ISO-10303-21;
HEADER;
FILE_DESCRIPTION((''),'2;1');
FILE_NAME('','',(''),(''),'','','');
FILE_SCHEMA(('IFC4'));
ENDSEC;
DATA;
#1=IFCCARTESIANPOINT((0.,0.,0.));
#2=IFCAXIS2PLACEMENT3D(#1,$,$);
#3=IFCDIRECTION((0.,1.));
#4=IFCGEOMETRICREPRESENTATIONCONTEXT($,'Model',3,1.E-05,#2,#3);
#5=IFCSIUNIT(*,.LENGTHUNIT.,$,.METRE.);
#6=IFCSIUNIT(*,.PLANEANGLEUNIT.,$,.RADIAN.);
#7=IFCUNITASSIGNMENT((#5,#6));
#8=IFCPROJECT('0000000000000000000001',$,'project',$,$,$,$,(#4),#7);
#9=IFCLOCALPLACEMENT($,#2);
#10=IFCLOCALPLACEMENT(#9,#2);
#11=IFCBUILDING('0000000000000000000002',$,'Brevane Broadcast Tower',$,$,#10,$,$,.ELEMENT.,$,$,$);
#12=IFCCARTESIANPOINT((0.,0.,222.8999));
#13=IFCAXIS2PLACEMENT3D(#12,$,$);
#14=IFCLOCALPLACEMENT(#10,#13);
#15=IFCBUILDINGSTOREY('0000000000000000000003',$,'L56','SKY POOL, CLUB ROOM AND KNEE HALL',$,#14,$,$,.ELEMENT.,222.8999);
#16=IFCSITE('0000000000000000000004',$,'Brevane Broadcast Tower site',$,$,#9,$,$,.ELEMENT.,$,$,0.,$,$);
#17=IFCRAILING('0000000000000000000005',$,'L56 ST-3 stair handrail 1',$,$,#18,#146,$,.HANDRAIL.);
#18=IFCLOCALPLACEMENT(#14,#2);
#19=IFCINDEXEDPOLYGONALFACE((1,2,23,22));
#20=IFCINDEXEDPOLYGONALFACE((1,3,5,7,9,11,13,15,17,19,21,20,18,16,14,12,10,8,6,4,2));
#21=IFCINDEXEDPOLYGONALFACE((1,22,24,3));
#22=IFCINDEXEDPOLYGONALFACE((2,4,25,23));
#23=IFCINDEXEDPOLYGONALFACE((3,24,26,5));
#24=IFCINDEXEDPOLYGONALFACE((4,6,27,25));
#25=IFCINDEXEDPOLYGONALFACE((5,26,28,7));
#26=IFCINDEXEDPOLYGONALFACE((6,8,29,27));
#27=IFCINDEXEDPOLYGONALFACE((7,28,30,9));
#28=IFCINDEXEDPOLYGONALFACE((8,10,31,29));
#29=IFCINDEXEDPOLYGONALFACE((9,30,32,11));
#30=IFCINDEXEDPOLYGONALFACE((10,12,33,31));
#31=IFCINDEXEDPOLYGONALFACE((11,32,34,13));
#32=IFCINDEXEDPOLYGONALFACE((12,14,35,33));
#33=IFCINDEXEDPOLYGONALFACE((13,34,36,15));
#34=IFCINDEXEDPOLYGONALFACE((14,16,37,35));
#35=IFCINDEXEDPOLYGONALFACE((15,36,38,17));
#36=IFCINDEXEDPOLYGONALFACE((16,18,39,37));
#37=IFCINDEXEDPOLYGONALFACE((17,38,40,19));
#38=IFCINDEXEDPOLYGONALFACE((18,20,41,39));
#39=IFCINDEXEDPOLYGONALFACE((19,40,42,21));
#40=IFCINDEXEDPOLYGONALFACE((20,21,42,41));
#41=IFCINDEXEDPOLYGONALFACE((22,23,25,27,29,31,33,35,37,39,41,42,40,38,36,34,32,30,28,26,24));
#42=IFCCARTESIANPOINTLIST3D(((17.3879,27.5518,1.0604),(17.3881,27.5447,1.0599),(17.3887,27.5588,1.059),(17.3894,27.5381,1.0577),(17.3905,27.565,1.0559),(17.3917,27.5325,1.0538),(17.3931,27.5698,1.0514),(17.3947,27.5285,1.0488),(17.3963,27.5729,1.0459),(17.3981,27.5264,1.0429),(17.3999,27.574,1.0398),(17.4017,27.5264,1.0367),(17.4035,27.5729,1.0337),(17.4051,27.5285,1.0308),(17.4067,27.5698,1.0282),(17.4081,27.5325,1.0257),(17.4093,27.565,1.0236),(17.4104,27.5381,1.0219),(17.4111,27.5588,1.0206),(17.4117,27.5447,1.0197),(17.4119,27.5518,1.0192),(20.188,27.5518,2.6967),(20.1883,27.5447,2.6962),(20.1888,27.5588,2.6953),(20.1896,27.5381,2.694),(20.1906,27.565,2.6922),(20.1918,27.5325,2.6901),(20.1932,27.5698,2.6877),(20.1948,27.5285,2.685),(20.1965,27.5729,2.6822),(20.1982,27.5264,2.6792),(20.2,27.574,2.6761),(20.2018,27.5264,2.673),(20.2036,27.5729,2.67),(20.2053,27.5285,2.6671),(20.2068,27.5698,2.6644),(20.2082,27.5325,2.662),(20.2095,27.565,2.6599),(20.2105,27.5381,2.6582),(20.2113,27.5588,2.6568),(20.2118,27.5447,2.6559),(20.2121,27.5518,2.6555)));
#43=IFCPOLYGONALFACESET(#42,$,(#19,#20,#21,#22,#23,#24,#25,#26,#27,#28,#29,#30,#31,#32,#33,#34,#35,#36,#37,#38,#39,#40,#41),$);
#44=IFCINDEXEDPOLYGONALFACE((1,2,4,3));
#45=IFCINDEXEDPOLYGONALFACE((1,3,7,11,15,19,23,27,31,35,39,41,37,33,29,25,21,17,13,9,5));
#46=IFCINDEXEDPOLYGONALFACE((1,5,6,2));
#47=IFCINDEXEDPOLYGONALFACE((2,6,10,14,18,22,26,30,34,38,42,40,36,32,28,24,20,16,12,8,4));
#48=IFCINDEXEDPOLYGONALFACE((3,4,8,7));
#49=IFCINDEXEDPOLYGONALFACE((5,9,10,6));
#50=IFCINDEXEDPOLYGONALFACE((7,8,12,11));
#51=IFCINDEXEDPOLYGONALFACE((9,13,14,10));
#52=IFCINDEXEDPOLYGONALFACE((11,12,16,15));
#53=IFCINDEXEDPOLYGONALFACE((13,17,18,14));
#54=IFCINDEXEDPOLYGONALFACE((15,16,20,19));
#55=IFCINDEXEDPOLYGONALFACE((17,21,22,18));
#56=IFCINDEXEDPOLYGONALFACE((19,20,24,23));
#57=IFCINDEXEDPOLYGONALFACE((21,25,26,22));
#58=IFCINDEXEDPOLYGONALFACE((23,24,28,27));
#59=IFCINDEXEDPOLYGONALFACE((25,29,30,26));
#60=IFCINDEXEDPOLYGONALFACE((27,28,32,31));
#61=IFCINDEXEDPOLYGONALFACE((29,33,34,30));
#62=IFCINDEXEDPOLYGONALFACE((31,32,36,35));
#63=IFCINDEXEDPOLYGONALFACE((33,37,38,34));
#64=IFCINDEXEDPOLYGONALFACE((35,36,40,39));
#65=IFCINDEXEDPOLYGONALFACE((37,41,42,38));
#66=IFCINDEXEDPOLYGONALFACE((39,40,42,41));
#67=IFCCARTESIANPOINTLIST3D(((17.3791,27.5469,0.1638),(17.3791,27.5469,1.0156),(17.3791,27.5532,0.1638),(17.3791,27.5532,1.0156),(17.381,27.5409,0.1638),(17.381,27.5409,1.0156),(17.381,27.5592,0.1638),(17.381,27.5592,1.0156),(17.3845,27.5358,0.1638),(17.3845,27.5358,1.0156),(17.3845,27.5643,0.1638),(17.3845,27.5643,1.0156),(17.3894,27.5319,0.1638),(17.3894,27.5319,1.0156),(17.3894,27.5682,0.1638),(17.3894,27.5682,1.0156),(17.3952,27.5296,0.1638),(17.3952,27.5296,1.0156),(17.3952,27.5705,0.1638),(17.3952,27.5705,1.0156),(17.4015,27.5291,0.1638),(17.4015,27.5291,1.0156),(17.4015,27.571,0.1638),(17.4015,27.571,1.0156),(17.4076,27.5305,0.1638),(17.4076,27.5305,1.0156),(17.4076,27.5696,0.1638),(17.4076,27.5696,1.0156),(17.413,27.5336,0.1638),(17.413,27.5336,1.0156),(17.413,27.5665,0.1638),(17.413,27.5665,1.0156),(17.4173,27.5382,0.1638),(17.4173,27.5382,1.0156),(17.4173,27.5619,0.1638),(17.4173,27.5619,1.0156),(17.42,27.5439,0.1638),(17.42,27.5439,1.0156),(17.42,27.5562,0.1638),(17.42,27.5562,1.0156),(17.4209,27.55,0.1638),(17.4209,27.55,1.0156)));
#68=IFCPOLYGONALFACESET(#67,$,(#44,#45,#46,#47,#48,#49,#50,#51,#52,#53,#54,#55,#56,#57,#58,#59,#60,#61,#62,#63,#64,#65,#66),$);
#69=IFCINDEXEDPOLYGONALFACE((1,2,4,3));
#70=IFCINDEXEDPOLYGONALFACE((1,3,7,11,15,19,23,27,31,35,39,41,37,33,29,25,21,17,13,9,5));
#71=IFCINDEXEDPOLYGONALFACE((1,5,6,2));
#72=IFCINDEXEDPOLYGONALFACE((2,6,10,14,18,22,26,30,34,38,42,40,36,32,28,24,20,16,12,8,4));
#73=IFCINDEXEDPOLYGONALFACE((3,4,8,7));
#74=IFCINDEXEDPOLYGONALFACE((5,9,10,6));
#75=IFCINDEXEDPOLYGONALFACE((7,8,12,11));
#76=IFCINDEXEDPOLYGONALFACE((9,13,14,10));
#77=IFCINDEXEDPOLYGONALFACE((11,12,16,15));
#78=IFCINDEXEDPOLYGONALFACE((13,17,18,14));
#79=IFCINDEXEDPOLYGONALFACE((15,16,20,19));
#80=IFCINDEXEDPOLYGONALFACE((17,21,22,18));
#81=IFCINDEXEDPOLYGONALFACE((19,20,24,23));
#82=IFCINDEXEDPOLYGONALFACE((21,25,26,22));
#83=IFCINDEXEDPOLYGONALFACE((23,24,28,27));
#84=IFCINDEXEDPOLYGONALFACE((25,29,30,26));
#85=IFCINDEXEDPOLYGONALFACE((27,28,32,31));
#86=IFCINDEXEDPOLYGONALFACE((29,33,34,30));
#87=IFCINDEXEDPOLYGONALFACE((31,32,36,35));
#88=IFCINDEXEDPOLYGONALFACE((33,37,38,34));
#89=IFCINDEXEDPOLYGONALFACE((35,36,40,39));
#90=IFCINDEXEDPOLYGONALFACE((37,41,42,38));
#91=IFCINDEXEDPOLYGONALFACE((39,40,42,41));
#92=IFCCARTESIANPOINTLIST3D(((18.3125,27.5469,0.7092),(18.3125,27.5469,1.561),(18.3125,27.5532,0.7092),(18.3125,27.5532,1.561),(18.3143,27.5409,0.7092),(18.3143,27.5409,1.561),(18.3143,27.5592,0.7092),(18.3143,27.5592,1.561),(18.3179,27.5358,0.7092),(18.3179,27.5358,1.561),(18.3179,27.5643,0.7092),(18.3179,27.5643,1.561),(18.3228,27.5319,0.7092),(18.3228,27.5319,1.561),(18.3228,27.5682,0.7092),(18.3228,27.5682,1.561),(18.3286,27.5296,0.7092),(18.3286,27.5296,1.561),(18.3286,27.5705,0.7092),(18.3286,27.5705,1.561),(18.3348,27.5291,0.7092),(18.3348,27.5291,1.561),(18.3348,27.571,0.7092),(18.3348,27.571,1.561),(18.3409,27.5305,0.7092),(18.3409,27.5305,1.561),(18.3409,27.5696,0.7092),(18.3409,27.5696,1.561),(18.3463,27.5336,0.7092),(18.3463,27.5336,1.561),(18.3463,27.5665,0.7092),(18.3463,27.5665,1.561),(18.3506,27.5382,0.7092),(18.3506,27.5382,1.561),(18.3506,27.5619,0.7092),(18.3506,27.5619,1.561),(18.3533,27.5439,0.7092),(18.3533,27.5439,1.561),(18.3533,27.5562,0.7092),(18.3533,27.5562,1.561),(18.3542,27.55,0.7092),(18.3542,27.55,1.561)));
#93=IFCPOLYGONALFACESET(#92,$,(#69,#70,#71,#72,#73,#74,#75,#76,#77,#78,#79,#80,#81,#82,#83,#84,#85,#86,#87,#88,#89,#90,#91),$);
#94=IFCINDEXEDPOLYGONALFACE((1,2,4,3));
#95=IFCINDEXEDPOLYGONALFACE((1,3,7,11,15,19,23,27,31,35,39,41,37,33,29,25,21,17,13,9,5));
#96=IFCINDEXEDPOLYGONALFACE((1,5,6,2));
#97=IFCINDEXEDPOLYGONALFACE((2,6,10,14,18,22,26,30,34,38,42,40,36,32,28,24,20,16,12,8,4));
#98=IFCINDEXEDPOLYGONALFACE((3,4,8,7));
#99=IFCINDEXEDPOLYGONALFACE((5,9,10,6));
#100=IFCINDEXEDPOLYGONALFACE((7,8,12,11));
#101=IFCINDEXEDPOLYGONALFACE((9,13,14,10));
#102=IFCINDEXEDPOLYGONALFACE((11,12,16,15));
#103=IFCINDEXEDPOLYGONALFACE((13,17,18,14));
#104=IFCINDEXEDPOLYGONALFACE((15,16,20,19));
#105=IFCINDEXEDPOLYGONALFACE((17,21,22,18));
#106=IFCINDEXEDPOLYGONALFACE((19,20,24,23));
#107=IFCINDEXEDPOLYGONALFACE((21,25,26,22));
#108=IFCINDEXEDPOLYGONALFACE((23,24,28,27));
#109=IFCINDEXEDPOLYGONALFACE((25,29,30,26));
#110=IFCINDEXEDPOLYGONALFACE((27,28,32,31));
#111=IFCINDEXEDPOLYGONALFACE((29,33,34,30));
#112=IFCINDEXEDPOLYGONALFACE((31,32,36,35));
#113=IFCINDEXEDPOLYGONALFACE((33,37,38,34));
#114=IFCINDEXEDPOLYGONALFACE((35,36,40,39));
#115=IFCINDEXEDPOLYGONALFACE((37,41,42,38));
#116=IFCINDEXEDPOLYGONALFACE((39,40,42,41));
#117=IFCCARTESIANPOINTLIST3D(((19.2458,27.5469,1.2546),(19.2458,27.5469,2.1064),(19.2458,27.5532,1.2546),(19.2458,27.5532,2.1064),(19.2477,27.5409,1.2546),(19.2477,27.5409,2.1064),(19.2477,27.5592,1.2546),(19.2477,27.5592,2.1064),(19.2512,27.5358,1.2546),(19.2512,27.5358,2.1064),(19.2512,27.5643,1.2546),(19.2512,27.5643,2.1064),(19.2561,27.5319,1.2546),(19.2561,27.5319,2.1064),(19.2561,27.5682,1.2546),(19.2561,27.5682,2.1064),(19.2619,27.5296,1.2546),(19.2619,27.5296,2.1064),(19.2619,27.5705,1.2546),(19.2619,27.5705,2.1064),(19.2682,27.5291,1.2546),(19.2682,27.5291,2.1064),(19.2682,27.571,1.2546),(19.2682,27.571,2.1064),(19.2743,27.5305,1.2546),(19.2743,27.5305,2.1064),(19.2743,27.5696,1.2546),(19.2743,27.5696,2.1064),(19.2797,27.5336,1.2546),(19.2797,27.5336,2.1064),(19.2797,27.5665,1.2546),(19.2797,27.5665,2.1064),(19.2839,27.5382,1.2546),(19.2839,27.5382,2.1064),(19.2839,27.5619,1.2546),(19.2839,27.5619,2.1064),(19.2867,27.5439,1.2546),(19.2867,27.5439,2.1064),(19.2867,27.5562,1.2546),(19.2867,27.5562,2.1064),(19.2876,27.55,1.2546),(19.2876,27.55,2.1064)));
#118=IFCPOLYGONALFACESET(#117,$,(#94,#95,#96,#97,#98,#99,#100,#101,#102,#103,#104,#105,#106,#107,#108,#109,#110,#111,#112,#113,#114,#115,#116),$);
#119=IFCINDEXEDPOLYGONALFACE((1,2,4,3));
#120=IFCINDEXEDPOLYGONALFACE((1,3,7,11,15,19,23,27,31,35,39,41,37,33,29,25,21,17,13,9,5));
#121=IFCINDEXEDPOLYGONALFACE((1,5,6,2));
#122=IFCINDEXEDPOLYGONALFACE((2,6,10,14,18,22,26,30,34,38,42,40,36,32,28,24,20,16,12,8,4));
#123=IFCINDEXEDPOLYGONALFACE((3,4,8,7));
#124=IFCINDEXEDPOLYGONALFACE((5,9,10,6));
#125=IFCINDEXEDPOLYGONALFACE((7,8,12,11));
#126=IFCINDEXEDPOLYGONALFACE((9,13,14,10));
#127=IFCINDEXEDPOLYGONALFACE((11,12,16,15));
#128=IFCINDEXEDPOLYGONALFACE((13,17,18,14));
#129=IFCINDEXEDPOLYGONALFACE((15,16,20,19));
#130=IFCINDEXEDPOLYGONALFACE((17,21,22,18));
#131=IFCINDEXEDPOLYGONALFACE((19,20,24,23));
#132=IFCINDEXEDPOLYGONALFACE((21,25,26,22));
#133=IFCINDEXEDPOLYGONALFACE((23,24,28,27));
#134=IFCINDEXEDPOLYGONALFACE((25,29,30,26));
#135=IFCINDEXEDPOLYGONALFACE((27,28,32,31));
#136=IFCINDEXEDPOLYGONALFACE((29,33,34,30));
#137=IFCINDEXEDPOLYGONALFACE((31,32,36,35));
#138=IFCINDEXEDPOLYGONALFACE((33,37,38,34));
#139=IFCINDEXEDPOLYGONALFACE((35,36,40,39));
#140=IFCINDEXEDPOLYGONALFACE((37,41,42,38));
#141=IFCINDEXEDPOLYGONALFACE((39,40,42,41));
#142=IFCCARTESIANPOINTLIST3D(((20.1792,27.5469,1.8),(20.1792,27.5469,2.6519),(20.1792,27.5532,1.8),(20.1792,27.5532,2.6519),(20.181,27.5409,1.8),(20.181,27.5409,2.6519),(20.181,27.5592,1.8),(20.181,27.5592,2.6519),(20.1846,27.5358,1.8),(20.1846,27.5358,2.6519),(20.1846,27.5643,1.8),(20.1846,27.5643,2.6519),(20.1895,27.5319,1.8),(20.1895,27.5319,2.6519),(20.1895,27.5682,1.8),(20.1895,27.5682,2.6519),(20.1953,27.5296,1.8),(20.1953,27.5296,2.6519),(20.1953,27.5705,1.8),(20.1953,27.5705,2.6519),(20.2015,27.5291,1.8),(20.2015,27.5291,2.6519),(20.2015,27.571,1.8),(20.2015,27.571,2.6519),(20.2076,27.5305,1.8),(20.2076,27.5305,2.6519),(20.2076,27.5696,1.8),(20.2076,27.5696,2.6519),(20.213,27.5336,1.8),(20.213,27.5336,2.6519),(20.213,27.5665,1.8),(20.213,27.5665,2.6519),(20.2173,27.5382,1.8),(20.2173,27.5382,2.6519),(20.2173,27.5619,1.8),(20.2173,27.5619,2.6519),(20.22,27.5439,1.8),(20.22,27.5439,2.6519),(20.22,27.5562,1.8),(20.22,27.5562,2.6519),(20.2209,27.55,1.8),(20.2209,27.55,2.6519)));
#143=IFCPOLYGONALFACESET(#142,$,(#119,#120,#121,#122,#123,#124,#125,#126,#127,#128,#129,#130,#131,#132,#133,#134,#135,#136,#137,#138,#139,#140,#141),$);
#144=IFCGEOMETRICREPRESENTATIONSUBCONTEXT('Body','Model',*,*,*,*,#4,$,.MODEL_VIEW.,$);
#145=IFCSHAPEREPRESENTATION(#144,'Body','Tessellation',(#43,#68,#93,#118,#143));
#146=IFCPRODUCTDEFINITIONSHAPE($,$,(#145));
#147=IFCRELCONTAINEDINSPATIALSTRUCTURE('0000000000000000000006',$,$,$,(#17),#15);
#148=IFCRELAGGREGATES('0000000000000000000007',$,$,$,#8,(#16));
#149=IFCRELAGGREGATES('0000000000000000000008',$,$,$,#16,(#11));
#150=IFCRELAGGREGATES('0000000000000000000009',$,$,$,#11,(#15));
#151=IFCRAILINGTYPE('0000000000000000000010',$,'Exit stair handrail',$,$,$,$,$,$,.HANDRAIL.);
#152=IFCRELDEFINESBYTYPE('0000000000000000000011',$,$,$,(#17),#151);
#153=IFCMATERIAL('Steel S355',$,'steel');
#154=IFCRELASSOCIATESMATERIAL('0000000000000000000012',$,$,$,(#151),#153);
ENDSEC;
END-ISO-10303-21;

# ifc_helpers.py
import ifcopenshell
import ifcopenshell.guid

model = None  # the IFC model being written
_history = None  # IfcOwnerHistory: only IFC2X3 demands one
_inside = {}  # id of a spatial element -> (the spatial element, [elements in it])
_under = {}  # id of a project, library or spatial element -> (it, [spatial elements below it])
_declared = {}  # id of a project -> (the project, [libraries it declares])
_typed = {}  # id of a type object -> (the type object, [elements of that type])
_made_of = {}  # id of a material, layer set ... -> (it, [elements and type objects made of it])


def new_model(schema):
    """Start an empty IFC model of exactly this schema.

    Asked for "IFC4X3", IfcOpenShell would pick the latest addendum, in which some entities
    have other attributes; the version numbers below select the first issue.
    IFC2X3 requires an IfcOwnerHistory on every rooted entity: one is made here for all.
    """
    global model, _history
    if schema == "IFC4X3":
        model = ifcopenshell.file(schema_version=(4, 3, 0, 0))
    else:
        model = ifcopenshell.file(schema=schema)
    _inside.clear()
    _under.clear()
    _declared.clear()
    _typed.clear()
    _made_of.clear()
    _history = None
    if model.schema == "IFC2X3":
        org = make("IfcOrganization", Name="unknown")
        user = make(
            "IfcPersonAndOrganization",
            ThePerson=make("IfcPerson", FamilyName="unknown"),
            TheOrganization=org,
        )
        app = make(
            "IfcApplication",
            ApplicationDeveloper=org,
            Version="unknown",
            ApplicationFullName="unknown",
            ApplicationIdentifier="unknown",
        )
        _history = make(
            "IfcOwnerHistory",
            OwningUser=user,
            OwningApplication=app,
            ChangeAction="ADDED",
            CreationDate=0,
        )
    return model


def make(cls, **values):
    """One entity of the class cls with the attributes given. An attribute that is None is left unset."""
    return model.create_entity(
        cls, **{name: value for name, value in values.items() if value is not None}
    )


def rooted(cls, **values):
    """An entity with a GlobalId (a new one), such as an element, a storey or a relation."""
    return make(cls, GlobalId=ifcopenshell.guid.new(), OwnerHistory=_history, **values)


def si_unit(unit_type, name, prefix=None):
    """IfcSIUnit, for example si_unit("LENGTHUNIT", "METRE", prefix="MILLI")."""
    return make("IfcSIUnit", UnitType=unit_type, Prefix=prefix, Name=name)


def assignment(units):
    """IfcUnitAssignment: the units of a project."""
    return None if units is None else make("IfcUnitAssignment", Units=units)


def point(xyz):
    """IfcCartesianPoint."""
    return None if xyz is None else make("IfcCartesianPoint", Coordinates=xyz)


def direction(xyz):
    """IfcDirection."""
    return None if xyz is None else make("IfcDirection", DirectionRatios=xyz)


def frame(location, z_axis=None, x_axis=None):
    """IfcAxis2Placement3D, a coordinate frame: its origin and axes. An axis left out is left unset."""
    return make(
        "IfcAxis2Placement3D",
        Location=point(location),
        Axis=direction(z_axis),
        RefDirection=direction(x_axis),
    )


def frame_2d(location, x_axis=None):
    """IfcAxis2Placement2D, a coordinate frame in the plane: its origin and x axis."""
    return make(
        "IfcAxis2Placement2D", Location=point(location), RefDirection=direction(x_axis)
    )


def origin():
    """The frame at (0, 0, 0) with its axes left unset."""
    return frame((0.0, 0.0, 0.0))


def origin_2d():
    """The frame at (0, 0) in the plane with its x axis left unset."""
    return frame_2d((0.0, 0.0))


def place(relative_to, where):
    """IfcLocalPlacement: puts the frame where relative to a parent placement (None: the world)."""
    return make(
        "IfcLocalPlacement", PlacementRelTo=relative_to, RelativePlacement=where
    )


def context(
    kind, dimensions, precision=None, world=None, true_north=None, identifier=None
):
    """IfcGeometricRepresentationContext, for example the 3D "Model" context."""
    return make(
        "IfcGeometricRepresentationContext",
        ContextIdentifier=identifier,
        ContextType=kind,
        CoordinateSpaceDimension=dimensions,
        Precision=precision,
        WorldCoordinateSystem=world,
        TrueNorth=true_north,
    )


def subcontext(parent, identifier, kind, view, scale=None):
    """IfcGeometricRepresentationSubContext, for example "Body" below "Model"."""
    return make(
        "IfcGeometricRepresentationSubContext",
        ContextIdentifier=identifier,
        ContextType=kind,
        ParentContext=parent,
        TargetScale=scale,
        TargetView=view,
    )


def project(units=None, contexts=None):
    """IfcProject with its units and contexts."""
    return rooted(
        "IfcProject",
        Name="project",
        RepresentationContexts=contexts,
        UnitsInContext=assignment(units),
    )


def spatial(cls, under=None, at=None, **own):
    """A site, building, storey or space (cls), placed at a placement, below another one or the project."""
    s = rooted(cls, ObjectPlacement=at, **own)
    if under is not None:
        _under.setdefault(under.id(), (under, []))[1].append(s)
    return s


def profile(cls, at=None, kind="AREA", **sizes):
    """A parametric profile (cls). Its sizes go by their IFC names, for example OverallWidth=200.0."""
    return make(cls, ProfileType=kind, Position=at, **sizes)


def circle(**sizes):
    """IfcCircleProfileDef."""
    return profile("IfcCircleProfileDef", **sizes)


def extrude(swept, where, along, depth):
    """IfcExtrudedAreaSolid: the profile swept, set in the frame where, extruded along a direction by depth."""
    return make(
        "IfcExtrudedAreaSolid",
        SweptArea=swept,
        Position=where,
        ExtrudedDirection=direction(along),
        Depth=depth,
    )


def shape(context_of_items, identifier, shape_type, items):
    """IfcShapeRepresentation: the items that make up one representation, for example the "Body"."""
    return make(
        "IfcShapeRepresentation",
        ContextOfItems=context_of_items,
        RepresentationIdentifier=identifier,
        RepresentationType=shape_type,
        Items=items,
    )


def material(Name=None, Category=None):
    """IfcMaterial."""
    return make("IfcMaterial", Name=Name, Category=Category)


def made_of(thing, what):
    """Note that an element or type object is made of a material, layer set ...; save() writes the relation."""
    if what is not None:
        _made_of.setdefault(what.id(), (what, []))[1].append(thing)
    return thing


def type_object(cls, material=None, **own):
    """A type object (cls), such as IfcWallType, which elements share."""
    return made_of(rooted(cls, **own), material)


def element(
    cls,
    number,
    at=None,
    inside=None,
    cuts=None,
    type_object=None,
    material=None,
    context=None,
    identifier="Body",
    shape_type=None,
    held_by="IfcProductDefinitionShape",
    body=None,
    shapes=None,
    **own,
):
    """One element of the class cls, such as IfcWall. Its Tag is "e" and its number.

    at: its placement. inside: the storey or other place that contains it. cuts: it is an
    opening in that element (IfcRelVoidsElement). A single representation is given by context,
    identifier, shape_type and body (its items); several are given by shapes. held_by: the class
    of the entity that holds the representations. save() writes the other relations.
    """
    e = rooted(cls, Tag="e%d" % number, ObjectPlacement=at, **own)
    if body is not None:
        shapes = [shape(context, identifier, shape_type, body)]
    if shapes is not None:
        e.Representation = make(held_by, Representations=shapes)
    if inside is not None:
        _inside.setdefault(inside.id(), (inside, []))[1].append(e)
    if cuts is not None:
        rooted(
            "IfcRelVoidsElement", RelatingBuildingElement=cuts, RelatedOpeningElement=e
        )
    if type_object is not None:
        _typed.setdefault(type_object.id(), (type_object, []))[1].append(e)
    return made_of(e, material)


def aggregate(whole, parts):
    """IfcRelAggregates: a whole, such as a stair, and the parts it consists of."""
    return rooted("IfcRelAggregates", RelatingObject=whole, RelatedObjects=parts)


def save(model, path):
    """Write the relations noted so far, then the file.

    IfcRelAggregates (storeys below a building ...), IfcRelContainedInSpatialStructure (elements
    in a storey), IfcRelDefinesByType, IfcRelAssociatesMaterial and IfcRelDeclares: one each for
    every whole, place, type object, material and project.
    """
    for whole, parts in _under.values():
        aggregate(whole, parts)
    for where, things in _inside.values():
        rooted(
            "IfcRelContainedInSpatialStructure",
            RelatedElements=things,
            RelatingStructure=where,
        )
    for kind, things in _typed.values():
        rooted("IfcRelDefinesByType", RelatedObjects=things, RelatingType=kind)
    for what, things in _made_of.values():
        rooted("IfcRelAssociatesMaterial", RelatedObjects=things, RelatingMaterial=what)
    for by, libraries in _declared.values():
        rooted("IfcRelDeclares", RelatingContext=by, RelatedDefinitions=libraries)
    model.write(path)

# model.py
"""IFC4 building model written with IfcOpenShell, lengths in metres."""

from ifc_helpers import new_model, si_unit, direction, frame, origin, origin_2d, place, context, subcontext, project, spatial, circle, extrude, material, type_object, element, save


model = new_model("IFC4")

# Units and contexts
model_context = context("Model", 3, precision=1e-05, world=origin(), true_north=direction((0.0, 1.0)))
body_context = subcontext(model_context, "Body", "Model", "MODEL_VIEW")
ifc_project = project(units=[si_unit("LENGTHUNIT", "METRE"), si_unit("PLANEANGLEUNIT", "RADIAN")], contexts=[model_context])

# Site, building, storey
site_placement = place(None, origin())
site = spatial("IfcSite", under=ifc_project, at=site_placement, Name="Brevane Broadcast Tower site", CompositionType="ELEMENT", RefElevation=0.0)
building_placement = place(site_placement, origin())
building = spatial("IfcBuilding", under=site, at=building_placement, Name="Brevane Broadcast Tower", CompositionType="ELEMENT")
storey_placement = place(building_placement, frame((0.0, 0.0, 222.8999)))
storey = spatial("IfcBuildingStorey", under=building, at=storey_placement, Name="L56", Description="SKY POOL, CLUB ROOM AND KNEE HALL", CompositionType="ELEMENT", Elevation=222.8999)

# Railing
ifc_material_1 = material(Name="Steel S355", Category="steel")
railing_type_1 = type_object("IfcRailingType", Name="Exit stair handrail", PredefinedType="HANDRAIL", material=ifc_material_1)
railing_1_placement = place(storey_placement, frame((17.3999, 27.55, 0.1638)))
element("IfcRailing", 1, at=railing_1_placement, inside=storey, type_object=railing_type_1, Name="L56 ST-3 stair handrail 1", PredefinedType="HANDRAIL", context=body_context, shape_type="SweptSolid", body=[
    extrude(circle(Radius=0.0239, at=origin_2d()), frame((0.0, 0.0, 0.876), z_axis=(0.863394, 0.0, 0.504531), x_axis=(0.0, 1.0, 0.0)), (0.0, 0.0, 1.0), 3.2432),
    extrude(circle(Radius=0.021, at=origin_2d()), origin(), (0.0, 0.0, 1.0), 0.8518),
    extrude(circle(Radius=0.021, at=origin_2d()), frame((0.9333, 0.0, 0.5454)), (0.0, 0.0, 1.0), 0.8518),
    extrude(circle(Radius=0.021, at=origin_2d()), frame((1.8667, 0.0, 1.0908)), (0.0, 0.0, 1.0), 0.8518),
    extrude(circle(Radius=0.021, at=origin_2d()), frame((2.8, 0.0, 1.6362)), (0.0, 0.0, 1.0), 0.8518),
])

save(model, "model.ifc")
